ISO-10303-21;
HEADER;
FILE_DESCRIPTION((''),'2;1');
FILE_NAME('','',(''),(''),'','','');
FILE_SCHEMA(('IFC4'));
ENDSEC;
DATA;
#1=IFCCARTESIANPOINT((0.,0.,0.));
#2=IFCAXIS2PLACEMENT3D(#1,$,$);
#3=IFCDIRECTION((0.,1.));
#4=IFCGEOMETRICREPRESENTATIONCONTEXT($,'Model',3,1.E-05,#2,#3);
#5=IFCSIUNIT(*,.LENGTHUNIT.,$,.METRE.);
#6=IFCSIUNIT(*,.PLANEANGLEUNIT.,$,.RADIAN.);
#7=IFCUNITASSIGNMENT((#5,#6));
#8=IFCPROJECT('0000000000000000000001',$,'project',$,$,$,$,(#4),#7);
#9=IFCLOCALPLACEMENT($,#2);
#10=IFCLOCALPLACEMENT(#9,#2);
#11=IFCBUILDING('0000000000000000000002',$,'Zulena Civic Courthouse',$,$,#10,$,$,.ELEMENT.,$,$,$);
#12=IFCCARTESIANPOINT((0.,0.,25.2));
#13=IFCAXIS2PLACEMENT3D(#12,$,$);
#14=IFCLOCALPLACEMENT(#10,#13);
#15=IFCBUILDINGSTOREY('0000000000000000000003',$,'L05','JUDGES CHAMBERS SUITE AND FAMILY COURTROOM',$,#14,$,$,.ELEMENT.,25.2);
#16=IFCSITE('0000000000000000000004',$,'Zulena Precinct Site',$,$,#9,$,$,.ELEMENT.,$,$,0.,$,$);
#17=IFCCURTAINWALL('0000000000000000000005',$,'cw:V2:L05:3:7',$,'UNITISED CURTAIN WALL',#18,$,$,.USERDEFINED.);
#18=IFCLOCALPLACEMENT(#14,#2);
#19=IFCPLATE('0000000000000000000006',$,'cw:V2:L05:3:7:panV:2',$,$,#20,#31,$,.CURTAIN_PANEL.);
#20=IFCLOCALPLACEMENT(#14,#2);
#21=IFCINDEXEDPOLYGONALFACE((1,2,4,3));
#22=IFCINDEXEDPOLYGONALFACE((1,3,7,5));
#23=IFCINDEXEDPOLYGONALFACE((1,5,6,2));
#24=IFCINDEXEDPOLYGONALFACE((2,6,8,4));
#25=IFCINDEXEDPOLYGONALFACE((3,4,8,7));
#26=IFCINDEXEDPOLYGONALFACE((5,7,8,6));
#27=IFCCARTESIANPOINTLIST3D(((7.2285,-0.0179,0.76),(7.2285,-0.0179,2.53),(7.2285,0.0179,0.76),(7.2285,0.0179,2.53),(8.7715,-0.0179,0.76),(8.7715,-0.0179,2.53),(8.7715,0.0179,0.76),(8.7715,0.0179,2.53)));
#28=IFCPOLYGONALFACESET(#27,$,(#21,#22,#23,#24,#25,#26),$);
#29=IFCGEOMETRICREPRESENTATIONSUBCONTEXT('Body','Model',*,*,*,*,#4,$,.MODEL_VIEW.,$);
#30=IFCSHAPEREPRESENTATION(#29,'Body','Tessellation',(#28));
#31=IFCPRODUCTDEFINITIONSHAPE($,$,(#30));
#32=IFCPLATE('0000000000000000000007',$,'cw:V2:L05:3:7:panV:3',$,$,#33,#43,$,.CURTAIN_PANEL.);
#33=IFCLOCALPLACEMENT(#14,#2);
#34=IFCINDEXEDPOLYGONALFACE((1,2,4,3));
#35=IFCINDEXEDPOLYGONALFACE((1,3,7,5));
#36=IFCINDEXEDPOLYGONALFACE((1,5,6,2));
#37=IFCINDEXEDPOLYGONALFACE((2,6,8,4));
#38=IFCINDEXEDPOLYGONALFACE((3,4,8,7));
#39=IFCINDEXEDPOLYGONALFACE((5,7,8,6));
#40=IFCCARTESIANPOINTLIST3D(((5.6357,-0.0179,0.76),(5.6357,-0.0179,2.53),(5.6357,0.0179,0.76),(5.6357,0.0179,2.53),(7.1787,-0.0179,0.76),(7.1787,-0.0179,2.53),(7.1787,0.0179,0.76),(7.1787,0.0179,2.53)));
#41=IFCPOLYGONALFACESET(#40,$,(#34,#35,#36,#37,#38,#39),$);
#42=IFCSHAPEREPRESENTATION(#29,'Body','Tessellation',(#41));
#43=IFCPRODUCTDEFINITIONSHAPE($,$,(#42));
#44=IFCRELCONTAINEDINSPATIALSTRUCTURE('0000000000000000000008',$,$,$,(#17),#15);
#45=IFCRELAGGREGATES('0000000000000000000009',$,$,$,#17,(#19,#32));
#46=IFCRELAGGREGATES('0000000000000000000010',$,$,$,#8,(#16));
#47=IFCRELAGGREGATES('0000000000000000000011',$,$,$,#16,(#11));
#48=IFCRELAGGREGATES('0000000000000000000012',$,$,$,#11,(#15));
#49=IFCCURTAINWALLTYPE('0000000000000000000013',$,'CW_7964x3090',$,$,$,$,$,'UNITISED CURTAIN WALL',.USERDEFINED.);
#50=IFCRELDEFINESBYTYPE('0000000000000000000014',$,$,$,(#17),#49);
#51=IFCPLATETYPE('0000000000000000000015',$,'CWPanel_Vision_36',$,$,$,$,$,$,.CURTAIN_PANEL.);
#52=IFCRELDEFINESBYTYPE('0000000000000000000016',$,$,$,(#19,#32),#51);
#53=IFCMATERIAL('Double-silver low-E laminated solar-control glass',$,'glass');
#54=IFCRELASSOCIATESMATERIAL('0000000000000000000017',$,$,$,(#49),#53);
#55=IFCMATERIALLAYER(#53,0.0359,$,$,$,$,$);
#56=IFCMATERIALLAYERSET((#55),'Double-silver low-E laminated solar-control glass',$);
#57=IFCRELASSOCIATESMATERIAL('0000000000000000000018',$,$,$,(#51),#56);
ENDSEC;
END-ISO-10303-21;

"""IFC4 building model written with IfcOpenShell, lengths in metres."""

from ifc_helpers import new_model, si_unit, direction, frame, origin, origin_2d, place, context, subcontext, project, spatial, rectangle, extrude, material, layer, layer_set, type_object, element, aggregate, save


model = new_model("IFC4")

# Units and contexts
model_context = context("Model", 3, precision=1e-05, world=origin(), true_north=direction((0.0, 1.0)))
body_context = subcontext(model_context, "Body", "Model", "MODEL_VIEW")
ifc_project = project(units=[si_unit("LENGTHUNIT", "METRE"), si_unit("PLANEANGLEUNIT", "RADIAN")], contexts=[model_context])

# Site, building, storey
site_placement = place(None, origin())
site = spatial("IfcSite", under=ifc_project, at=site_placement, Name="Zulena Precinct Site", CompositionType="ELEMENT", RefElevation=0.0)
building_placement = place(site_placement, origin())
building = spatial("IfcBuilding", under=site, at=building_placement, Name="Zulena Civic Courthouse", CompositionType="ELEMENT")
storey_placement = place(building_placement, frame((0.0, 0.0, 25.2)))
storey = spatial("IfcBuildingStorey", under=building, at=storey_placement, Name="L05", Description="JUDGES CHAMBERS SUITE AND FAMILY COURTROOM", CompositionType="ELEMENT", Elevation=25.2)

# Shared definitions
ifc_material_1 = material(Name="Double-silver low-E laminated solar-control glass", Category="glass")
curtain_wall_type = type_object("IfcCurtainWallType", Name="CW_7964x3090", ElementType="UNITISED CURTAIN WALL", PredefinedType="USERDEFINED", material=ifc_material_1)

# Curtain wall
curtain_wall_1_placement = place(storey_placement, origin())
curtain_wall_1 = element("IfcCurtainWall", 1, at=curtain_wall_1_placement, inside=storey, type_object=curtain_wall_type, Name="cw:V2:L05:3:7", ObjectType="UNITISED CURTAIN WALL", PredefinedType="USERDEFINED")

# Plates
ifc_layer_1 = layer(ifc_material_1, 0.0359)
ifc_layer_set_1 = layer_set([ifc_layer_1], Name="Double-silver low-E laminated solar-control glass")
plate_type_1 = type_object("IfcPlateType", Name="CWPanel_Vision_36", PredefinedType="CURTAIN_PANEL", material=ifc_layer_set_1)
plate_1_placement = place(storey_placement, frame((8.0, 0.0, 0.76), z_axis=(0.0, 0.0, 1.0), x_axis=(-1.0, 0.0, 0.0)))
plate_1 = element("IfcPlate", 2, at=plate_1_placement, type_object=plate_type_1, Name="cw:V2:L05:3:7:panV:2", PredefinedType="CURTAIN_PANEL", context=body_context, shape_type="SweptSolid", body=[
    extrude(rectangle(XDim=1.543, YDim=0.0359, at=origin_2d()), origin(), (0.0, 0.0, 1.0), 1.77),
])
plate_2_placement = place(storey_placement, frame((6.4072, 0.0, 0.76), z_axis=(0.0, 0.0, 1.0), x_axis=(-1.0, 0.0, 0.0)))
plate_2 = element("IfcPlate", 3, at=plate_2_placement, type_object=plate_type_1, Name="cw:V2:L05:3:7:panV:3", PredefinedType="CURTAIN_PANEL", context=body_context, shape_type="SweptSolid", body=[
    extrude(rectangle(XDim=1.543, YDim=0.0359, at=origin_2d()), origin(), (0.0, 0.0, 1.0), 1.77),
])
aggregate(curtain_wall_1, [plate_1, plate_2])

save(model, "model.ifc")
